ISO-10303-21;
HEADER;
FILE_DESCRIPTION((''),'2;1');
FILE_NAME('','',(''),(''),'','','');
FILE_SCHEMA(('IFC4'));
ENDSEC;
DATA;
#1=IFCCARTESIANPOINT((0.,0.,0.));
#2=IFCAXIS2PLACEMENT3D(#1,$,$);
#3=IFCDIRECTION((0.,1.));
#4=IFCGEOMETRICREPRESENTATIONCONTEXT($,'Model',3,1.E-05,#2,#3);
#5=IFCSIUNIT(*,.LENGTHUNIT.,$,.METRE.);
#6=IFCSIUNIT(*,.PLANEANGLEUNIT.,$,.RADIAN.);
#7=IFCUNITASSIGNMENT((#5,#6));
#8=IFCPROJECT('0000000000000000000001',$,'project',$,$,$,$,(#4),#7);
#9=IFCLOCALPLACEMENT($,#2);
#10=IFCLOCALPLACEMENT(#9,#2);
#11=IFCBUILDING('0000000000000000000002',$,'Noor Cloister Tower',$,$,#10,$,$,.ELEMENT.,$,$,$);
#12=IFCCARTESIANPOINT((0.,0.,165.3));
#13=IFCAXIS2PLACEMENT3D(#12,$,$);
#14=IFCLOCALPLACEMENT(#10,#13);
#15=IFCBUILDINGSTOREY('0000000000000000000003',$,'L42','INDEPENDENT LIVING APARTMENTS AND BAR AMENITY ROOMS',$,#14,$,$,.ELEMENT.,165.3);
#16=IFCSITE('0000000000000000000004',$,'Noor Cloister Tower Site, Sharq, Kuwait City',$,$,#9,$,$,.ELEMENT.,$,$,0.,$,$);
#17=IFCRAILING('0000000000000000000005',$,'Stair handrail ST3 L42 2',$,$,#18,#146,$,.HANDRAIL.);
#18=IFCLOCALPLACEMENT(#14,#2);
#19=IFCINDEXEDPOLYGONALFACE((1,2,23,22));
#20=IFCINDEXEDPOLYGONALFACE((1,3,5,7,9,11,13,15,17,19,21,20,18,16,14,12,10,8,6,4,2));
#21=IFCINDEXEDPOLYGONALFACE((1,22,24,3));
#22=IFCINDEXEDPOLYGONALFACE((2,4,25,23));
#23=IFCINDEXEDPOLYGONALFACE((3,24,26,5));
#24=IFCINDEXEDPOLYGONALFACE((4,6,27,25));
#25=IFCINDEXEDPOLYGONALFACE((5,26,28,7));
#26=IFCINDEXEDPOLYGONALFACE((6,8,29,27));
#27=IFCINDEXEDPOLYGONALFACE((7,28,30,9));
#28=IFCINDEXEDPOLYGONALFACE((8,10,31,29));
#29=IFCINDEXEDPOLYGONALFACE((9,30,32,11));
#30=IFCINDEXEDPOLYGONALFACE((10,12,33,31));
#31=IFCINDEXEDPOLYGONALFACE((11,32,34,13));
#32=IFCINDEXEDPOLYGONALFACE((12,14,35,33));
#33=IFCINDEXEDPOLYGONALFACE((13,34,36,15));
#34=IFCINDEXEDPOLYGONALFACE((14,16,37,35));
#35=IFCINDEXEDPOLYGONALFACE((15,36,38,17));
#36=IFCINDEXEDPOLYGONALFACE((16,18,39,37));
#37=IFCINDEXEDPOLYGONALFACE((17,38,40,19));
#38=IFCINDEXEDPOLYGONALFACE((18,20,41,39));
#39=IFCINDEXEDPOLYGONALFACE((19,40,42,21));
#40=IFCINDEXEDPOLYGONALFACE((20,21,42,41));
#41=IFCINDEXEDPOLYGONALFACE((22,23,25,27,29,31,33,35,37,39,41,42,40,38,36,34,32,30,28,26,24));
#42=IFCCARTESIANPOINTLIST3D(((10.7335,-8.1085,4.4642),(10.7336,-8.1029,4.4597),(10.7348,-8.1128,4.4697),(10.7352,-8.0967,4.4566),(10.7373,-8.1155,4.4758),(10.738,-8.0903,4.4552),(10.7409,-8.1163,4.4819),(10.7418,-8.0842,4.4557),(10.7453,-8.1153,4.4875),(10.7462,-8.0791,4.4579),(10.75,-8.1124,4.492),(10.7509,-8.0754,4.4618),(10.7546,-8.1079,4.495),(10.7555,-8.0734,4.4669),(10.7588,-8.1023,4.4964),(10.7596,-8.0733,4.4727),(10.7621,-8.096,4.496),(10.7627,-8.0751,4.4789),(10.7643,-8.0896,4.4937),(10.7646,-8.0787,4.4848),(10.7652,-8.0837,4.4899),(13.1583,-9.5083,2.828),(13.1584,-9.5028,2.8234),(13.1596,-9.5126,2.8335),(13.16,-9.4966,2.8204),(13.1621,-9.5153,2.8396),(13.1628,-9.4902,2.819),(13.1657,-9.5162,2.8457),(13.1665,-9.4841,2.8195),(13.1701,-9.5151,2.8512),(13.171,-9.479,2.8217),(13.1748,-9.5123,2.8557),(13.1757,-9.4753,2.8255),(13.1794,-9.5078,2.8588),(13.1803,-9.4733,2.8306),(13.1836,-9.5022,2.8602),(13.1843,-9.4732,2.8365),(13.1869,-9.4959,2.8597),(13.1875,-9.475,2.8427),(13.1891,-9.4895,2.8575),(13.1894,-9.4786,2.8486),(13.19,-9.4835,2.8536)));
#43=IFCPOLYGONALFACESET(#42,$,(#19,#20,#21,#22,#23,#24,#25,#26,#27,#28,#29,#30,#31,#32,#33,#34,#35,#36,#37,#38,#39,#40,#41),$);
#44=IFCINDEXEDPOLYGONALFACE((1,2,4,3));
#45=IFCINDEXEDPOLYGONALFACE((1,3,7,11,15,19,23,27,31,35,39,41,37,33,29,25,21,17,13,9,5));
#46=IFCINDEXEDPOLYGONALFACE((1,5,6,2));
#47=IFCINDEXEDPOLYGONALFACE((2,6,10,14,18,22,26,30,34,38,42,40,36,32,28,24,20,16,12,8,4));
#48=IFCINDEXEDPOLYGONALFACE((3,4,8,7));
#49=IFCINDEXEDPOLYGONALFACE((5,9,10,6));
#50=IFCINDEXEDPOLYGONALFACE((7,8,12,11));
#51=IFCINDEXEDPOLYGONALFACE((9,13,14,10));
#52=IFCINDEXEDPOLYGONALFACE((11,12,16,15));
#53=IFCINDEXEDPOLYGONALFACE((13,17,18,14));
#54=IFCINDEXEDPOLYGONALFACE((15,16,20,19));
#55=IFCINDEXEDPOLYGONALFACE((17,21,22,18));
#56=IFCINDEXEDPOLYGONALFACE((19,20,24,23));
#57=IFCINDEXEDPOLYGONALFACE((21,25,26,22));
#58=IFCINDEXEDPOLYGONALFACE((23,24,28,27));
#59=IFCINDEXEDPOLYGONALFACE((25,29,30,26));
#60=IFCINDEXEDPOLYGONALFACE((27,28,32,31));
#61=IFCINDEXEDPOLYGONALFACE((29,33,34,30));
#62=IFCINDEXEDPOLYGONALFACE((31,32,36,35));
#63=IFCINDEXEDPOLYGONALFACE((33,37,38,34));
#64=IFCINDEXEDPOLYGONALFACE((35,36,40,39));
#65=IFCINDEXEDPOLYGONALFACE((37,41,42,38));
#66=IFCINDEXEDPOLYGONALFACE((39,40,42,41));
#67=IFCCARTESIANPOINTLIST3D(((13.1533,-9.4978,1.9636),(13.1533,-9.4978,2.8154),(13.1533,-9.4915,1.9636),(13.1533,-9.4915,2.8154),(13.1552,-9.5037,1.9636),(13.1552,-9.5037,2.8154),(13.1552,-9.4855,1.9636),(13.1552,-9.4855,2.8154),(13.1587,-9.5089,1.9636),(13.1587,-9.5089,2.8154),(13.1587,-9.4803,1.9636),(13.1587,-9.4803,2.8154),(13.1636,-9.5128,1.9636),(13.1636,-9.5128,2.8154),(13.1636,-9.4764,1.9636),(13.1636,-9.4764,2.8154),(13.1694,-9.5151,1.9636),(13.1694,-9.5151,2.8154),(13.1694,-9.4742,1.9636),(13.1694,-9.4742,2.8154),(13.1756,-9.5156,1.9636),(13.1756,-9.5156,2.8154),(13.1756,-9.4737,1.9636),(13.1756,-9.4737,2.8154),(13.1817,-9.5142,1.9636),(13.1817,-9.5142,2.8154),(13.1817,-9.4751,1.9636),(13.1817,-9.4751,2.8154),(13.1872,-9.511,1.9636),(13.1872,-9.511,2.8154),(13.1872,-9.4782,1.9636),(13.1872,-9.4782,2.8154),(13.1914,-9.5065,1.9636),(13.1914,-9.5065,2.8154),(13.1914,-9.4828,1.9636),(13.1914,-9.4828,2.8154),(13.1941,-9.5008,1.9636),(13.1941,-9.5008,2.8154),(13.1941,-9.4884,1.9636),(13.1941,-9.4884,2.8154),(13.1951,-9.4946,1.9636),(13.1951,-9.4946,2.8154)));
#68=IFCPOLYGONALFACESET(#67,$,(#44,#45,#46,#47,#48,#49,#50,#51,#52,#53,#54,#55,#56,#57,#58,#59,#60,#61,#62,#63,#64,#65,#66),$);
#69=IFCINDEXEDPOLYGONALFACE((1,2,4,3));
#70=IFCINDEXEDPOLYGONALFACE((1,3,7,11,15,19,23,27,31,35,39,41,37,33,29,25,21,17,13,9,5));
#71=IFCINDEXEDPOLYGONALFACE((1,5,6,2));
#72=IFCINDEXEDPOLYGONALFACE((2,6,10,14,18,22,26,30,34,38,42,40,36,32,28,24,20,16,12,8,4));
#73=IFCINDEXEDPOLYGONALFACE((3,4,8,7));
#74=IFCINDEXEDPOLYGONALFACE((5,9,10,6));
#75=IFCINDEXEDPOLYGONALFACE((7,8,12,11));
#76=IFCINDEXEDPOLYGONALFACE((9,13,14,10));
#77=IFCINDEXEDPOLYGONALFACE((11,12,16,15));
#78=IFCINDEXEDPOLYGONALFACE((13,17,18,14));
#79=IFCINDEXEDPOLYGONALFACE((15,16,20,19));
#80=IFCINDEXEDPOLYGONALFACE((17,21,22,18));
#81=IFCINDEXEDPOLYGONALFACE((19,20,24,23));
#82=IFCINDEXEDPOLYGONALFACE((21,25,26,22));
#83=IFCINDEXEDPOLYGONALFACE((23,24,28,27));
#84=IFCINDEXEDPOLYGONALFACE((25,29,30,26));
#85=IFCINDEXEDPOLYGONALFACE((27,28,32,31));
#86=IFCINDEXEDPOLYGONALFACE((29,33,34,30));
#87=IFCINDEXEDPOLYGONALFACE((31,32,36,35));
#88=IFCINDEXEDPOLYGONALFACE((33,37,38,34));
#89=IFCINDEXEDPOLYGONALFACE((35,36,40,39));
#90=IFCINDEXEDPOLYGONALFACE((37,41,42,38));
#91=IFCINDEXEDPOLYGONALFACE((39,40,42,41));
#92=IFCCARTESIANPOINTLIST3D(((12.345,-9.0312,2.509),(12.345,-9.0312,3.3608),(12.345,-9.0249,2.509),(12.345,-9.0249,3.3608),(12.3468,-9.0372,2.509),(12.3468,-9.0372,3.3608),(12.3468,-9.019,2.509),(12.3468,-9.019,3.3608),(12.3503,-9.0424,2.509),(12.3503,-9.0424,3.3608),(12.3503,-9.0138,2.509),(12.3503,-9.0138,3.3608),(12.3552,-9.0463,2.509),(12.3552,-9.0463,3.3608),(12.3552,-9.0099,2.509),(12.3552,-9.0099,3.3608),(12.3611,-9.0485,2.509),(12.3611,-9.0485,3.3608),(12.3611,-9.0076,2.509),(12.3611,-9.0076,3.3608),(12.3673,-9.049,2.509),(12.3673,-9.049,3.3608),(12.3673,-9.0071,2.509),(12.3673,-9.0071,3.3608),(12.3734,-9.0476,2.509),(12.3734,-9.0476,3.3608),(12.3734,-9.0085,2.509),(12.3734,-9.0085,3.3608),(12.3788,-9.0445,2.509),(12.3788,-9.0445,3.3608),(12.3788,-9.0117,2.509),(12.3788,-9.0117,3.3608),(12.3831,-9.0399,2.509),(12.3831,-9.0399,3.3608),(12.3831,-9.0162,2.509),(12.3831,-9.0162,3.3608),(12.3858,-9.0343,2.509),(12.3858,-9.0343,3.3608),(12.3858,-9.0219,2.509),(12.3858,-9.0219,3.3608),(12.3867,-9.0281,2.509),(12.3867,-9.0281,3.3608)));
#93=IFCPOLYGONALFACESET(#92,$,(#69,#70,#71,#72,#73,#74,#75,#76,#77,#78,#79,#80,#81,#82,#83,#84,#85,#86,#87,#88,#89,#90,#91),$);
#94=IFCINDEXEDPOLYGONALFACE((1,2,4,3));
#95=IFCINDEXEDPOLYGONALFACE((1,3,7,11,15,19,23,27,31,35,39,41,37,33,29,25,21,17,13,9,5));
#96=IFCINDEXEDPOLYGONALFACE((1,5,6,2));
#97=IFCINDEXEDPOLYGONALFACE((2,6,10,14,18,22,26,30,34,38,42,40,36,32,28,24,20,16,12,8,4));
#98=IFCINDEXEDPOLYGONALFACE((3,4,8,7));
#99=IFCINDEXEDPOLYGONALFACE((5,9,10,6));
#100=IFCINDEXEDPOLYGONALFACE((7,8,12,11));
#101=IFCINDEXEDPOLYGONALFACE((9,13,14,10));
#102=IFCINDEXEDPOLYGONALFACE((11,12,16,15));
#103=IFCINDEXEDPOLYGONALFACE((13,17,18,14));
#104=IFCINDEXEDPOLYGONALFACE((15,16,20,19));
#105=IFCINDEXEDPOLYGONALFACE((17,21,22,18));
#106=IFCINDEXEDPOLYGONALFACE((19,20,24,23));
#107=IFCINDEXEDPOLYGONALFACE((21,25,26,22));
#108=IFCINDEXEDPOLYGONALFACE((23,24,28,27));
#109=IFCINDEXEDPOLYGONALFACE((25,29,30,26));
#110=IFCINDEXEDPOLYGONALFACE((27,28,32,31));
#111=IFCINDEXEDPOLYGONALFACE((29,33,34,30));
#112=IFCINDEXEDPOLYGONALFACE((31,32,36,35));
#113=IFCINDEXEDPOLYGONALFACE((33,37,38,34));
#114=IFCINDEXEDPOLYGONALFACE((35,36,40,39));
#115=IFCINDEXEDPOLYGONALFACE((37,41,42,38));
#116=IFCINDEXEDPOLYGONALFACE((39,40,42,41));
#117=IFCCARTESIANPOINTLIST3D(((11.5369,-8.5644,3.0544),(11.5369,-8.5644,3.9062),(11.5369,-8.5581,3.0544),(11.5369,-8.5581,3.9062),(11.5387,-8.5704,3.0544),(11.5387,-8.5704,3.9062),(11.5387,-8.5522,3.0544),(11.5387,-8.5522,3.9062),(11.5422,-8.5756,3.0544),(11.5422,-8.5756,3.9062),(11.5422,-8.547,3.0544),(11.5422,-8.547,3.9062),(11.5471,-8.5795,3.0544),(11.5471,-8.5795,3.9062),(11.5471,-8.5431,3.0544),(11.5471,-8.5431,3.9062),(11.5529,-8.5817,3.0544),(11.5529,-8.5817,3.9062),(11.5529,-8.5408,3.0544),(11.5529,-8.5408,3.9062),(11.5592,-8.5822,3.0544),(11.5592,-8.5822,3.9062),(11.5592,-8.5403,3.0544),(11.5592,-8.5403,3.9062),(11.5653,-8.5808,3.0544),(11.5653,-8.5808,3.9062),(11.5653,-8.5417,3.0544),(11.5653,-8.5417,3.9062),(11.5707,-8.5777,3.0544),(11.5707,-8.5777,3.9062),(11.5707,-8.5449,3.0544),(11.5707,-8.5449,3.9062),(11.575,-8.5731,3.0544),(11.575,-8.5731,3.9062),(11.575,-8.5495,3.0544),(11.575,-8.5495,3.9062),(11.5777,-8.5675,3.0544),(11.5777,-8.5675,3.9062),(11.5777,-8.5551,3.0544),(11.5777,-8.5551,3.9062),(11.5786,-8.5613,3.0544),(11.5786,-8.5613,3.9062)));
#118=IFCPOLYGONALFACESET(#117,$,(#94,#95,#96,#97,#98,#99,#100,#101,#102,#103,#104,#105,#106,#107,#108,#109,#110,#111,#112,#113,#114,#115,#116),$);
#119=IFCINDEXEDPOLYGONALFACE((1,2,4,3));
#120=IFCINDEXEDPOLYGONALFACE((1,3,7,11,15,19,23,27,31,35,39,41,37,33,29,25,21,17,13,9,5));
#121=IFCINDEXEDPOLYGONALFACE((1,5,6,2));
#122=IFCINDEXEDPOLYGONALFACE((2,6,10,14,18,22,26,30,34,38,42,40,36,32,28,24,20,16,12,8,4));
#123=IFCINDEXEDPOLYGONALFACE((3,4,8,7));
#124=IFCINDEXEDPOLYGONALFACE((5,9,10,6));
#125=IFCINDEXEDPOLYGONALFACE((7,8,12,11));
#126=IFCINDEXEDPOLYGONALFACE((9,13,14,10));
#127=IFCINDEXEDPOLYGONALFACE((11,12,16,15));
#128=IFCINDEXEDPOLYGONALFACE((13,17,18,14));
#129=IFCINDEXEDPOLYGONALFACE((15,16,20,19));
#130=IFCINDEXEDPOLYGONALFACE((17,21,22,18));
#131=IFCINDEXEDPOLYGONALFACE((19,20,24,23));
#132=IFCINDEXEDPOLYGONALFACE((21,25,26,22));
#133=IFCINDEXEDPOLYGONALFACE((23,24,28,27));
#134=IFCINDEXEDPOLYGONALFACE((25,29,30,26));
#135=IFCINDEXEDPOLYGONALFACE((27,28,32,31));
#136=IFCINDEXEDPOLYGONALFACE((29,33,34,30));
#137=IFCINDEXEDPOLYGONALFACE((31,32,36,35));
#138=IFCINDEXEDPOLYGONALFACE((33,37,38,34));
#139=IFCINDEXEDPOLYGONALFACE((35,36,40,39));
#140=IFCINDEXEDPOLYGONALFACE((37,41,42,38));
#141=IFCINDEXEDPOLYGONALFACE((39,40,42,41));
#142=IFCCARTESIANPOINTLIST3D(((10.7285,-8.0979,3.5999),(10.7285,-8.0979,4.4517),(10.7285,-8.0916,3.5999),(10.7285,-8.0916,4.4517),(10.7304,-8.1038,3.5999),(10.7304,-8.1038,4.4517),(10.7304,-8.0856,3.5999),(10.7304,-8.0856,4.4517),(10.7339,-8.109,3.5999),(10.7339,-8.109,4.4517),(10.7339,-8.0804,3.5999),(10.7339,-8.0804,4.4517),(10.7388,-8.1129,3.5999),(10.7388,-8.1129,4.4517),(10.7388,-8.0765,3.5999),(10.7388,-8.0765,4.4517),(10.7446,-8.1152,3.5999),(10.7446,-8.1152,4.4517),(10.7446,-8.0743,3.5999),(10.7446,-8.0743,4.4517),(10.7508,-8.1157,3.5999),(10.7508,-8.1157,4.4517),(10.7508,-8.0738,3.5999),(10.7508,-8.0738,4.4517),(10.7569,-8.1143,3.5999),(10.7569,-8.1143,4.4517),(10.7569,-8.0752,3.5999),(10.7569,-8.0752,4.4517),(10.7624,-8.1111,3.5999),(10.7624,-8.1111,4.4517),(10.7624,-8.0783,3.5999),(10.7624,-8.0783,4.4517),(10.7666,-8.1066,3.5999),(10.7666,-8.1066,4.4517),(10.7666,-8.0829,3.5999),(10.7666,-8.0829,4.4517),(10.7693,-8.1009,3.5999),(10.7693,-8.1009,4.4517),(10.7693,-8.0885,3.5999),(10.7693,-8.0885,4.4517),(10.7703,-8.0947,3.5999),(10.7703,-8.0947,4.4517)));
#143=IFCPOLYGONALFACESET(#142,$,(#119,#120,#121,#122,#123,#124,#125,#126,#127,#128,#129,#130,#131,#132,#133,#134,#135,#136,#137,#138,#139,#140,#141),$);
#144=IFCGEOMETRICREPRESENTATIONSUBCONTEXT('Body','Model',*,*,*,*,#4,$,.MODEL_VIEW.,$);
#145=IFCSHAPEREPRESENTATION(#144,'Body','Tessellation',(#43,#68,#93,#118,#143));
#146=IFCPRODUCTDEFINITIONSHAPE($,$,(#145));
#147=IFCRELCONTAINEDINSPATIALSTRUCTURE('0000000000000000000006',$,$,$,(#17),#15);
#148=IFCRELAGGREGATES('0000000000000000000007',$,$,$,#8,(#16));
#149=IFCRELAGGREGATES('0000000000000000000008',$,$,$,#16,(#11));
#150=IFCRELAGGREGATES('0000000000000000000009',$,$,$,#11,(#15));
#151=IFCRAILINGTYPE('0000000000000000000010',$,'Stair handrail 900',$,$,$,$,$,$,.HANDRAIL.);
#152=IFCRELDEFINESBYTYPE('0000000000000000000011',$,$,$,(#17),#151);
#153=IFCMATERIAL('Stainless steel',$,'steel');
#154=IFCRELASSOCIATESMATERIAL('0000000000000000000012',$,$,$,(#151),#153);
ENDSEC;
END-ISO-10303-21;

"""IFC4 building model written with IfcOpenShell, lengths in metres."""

from ifc_helpers import new_model, si_unit, direction, frame, origin, origin_2d, place, context, subcontext, project, spatial, circle, extrude, material, type_object, element, save


model = new_model("IFC4")

# Units and contexts
model_context = context("Model", 3, precision=1e-05, world=origin(), true_north=direction((0.0, 1.0)))
body_context = subcontext(model_context, "Body", "Model", "MODEL_VIEW")
ifc_project = project(units=[si_unit("LENGTHUNIT", "METRE"), si_unit("PLANEANGLEUNIT", "RADIAN")], contexts=[model_context])

# Site, building, storey
site_placement = place(None, origin())
site = spatial("IfcSite", under=ifc_project, at=site_placement, Name="Noor Cloister Tower Site, Sharq, Kuwait City", CompositionType="ELEMENT", RefElevation=0.0)
building_placement = place(site_placement, origin())
building = spatial("IfcBuilding", under=site, at=building_placement, Name="Noor Cloister Tower", CompositionType="ELEMENT")
storey_placement = place(building_placement, frame((0.0, 0.0, 165.3)))
storey = spatial("IfcBuildingStorey", under=building, at=storey_placement, Name="L42", Description="INDEPENDENT LIVING APARTMENTS AND BAR AMENITY ROOMS", CompositionType="ELEMENT", Elevation=165.3)

# Railing
ifc_material_1 = material(Name="Stainless steel", Category="steel")
railing_type_1 = type_object("IfcRailingType", Name="Stair handrail 900", PredefinedType="HANDRAIL", material=ifc_material_1)
railing_1_placement = place(storey_placement, frame((13.1741, -9.4946, 1.9636)))
element("IfcRailing", 1, at=railing_1_placement, inside=storey, type_object=railing_type_1, Name="Stair handrail ST3 L42 2", PredefinedType="HANDRAIL", context=body_context, shape_type="SweptSolid", body=[
    extrude(circle(Radius=0.0239, at=origin_2d()), frame((0.0, 0.0, 0.876), z_axis=(-0.747718, 0.431677, 0.504552), x_axis=(-0.499984, -0.866035, 0.0)), (0.0, 0.0, 1.0), 3.2429),
    extrude(circle(Radius=0.021, at=origin_2d()), origin(), (0.0, 0.0, 1.0), 0.8518),
    extrude(circle(Radius=0.021, at=origin_2d()), frame((-0.8083, 0.4666, 0.5454)), (0.0, 0.0, 1.0), 0.8518),
    extrude(circle(Radius=0.021, at=origin_2d()), frame((-1.6165, 0.9333, 1.0908)), (0.0, 0.0, 1.0), 0.8518),
    extrude(circle(Radius=0.021, at=origin_2d()), frame((-2.4248, 1.3999, 1.6362)), (0.0, 0.0, 1.0), 0.8518),
])

save(model, "model.ifc")
